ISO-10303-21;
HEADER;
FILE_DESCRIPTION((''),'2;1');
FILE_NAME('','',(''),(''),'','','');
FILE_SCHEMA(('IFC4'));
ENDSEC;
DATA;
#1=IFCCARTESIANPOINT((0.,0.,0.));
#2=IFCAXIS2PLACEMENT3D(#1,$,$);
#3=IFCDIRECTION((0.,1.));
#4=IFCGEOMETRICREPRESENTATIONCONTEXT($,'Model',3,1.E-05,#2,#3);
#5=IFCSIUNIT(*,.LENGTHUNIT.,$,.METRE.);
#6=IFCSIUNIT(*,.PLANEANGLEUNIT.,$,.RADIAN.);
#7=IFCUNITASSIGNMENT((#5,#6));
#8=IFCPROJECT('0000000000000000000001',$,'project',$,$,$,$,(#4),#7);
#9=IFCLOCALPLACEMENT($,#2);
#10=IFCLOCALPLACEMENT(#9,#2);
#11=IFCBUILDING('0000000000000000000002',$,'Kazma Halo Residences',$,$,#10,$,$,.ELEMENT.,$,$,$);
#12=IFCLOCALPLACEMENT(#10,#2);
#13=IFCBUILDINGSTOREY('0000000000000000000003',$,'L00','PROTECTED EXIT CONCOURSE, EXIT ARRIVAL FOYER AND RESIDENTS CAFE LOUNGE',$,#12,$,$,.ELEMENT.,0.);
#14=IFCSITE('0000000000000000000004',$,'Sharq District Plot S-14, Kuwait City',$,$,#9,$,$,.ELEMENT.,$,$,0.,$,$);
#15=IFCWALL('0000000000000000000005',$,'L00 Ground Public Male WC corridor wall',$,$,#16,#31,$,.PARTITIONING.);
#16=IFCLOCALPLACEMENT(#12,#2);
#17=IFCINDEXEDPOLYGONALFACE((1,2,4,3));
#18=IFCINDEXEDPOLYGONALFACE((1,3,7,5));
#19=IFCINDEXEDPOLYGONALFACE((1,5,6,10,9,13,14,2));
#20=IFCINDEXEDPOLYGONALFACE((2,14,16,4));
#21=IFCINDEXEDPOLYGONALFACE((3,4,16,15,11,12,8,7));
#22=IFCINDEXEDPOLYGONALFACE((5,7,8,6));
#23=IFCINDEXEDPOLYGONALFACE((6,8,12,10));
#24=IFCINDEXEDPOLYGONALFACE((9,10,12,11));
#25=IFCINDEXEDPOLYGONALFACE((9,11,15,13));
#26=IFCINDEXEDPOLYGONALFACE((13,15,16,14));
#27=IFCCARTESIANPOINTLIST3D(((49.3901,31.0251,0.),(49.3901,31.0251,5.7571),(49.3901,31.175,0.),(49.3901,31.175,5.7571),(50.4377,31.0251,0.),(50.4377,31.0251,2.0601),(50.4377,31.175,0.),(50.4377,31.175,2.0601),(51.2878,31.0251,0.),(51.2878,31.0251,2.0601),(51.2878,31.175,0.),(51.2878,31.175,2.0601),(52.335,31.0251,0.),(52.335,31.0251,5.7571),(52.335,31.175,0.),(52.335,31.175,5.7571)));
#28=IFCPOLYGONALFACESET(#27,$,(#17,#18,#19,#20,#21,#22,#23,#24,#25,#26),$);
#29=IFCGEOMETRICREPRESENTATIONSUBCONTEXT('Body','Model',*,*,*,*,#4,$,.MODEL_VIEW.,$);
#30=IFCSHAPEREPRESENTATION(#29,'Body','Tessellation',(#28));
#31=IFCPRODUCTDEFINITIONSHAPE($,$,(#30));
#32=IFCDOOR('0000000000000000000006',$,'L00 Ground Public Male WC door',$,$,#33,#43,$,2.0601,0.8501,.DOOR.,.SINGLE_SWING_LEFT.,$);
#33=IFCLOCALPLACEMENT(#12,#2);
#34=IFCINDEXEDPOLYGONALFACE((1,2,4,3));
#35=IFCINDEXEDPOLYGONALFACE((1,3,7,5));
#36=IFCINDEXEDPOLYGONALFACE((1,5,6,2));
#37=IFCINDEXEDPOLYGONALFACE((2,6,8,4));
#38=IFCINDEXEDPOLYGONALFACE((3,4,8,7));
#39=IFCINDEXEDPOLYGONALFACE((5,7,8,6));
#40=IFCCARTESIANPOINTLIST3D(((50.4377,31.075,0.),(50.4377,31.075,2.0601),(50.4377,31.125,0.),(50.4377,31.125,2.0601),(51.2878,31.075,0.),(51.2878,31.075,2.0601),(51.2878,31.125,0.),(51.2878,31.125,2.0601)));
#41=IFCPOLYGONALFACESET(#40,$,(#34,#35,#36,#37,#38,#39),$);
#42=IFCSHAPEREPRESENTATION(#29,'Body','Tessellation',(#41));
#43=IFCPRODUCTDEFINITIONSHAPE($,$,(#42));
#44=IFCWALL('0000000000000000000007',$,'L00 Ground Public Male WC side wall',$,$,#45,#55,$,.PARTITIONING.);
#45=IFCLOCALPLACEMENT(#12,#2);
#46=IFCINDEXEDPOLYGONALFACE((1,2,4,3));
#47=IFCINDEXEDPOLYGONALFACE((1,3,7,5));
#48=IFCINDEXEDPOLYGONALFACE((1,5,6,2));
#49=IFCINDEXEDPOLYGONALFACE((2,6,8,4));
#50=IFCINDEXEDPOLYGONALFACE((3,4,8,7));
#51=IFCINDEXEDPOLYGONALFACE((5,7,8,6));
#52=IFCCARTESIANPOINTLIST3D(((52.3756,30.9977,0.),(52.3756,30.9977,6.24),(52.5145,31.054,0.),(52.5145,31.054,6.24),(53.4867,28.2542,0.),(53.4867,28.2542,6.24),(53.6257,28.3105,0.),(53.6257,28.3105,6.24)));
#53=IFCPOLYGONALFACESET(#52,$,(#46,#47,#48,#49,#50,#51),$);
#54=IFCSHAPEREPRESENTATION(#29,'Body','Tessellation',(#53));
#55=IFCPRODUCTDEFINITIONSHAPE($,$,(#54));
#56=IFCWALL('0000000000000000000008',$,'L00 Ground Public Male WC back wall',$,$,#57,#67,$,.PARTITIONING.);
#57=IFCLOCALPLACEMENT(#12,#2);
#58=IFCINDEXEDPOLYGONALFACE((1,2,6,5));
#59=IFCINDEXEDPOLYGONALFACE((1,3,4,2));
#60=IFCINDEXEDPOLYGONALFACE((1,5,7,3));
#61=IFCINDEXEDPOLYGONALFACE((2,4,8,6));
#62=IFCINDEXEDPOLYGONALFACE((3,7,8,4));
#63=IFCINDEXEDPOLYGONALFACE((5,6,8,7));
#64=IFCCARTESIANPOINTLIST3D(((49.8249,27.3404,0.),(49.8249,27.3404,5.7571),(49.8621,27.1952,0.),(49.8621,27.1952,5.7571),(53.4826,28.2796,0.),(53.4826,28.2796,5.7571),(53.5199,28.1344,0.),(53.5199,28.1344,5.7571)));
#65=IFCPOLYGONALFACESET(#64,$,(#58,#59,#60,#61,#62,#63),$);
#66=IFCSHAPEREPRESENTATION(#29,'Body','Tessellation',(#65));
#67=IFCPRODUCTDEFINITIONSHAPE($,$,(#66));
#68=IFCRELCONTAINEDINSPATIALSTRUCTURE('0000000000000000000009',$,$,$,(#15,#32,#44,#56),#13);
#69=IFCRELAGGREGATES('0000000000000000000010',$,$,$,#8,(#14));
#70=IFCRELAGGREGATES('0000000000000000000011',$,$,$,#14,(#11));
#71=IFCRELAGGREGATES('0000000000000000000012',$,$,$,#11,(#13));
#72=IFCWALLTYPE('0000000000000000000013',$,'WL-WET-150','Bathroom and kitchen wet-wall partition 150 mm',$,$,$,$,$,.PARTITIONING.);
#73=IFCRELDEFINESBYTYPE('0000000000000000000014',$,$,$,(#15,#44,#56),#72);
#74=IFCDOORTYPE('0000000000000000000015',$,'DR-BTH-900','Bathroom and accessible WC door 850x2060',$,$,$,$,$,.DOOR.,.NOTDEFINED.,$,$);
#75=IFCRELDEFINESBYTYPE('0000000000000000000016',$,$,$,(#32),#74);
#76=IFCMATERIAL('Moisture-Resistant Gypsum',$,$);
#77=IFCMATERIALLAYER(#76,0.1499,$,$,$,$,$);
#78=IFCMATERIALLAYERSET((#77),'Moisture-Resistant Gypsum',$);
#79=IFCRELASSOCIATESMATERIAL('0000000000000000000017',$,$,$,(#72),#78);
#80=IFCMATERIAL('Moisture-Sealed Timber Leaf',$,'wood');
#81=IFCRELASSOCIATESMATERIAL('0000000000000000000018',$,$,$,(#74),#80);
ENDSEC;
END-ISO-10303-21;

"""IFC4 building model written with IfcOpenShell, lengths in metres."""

from ifc_helpers import new_model, si_unit, direction, frame, frame_2d, origin, place, context, subcontext, project, spatial, rectangle, extrude, material, layer, layer_set, type_object, element, fill, save


model = new_model("IFC4")

# Units and contexts
model_context = context("Model", 3, precision=1e-05, world=origin(), true_north=direction((0.0, 1.0)))
body_context = subcontext(model_context, "Body", "Model", "MODEL_VIEW")
ifc_project = project(units=[si_unit("LENGTHUNIT", "METRE"), si_unit("PLANEANGLEUNIT", "RADIAN")], contexts=[model_context])

# Site, building, storey
site_placement = place(None, origin())
site = spatial("IfcSite", under=ifc_project, at=site_placement, Name="Sharq District Plot S-14, Kuwait City", CompositionType="ELEMENT", RefElevation=0.0)
building_placement = place(site_placement, origin())
building = spatial("IfcBuilding", under=site, at=building_placement, Name="Kazma Halo Residences", CompositionType="ELEMENT")
storey_placement = place(building_placement, origin())
storey = spatial("IfcBuildingStorey", under=building, at=storey_placement, Name="L00", Description="PROTECTED EXIT CONCOURSE, EXIT ARRIVAL FOYER AND RESIDENTS CAFE LOUNGE", CompositionType="ELEMENT", Elevation=0.0)

# Wall, opening, door
ifc_material_1 = material(Name="Moisture-Resistant Gypsum")
ifc_layer_1 = layer(ifc_material_1, 0.1499)
ifc_layer_set_1 = layer_set([ifc_layer_1], Name="Moisture-Resistant Gypsum")
wall_type_1 = type_object("IfcWallType", Name="WL-WET-150", Description="Bathroom and kitchen wet-wall partition 150 mm", PredefinedType="PARTITIONING", material=ifc_layer_set_1)
wall_1_placement = place(storey_placement, frame((49.3901, 31.1001, 0.0), z_axis=(0.0, 0.0, 1.0), x_axis=(1.0, 0.0, 0.0)))
wall_1 = element("IfcWall", 1, at=wall_1_placement, inside=storey, type_object=wall_type_1, Name="L00 Ground Public Male WC corridor wall", PredefinedType="PARTITIONING", context=body_context, shape_type="SweptSolid", body=[
    extrude(rectangle(XDim=2.9448, YDim=0.1499, at=frame_2d((1.4724, 0.0))), origin(), (0.0, 0.0, 1.0), 5.7571),
])
opening_1_placement = place(wall_1_placement, frame((1.0476, 0.0, 0.0)))
opening_1 = element("IfcOpeningElement", 2, at=opening_1_placement, cuts=wall_1, PredefinedType="OPENING", context=body_context, shape_type="SweptSolid", body=[
    extrude(rectangle(XDim=0.8501, YDim=2.0601, at=frame_2d((0.425, 1.03))), frame((0.0, 0.085, 0.0), z_axis=(0.0, -1.0, 0.0), x_axis=(1.0, 0.0, 0.0)), (0.0, 0.0, 1.0), 0.1699),
])
ifc_material_2 = material(Name="Moisture-Sealed Timber Leaf", Category="wood")
door_type_1 = type_object("IfcDoorType", Name="DR-BTH-900", Description="Bathroom and accessible WC door 850x2060", OperationType="NOTDEFINED", PredefinedType="DOOR", material=ifc_material_2)
door_1_placement = place(opening_1_placement, origin())
door_1 = element("IfcDoor", 3, at=door_1_placement, inside=storey, type_object=door_type_1, Name="L00 Ground Public Male WC door", OperationType="SINGLE_SWING_LEFT", OverallHeight=2.0601, OverallWidth=0.8501, PredefinedType="DOOR", context=body_context, shape_type="SweptSolid", body=[
    extrude(rectangle(XDim=0.8501, YDim=2.0601, at=frame_2d((0.425, 1.03))), frame((0.0, 0.0249, 0.0), z_axis=(0.0, -1.0, 0.0), x_axis=(1.0, 0.0, 0.0)), (0.0, 0.0, 1.0), 0.05),
])
fill(opening_1, door_1)

# Walls
wall_2_placement = place(storey_placement, frame((52.4451, 31.0259, 0.0), z_axis=(0.0, 0.0, 1.0), x_axis=(0.375383, -0.92687, 0.0)))
element("IfcWall", 4, at=wall_2_placement, inside=storey, type_object=wall_type_1, Name="L00 Ground Public Male WC side wall", PredefinedType="PARTITIONING", context=body_context, shape_type="SweptSolid", body=[
    extrude(rectangle(XDim=2.96, YDim=0.1499, at=frame_2d((1.48, 0.0))), origin(), (0.0, 0.0, 1.0), 6.24),
])
wall_3_placement = place(storey_placement, frame((49.8435, 27.2678, 0.0), z_axis=(0.0, 0.0, 1.0), x_axis=(0.968579, 0.248707, 0.0)))
element("IfcWall", 5, at=wall_3_placement, inside=storey, type_object=wall_type_1, Name="L00 Ground Public Male WC back wall", PredefinedType="PARTITIONING", context=body_context, shape_type="SweptSolid", body=[
    extrude(rectangle(XDim=3.7764, YDim=0.1499, at=frame_2d((1.8882, 0.0))), origin(), (0.0, 0.0, 1.0), 5.7571),
])

save(model, "model.ifc")
